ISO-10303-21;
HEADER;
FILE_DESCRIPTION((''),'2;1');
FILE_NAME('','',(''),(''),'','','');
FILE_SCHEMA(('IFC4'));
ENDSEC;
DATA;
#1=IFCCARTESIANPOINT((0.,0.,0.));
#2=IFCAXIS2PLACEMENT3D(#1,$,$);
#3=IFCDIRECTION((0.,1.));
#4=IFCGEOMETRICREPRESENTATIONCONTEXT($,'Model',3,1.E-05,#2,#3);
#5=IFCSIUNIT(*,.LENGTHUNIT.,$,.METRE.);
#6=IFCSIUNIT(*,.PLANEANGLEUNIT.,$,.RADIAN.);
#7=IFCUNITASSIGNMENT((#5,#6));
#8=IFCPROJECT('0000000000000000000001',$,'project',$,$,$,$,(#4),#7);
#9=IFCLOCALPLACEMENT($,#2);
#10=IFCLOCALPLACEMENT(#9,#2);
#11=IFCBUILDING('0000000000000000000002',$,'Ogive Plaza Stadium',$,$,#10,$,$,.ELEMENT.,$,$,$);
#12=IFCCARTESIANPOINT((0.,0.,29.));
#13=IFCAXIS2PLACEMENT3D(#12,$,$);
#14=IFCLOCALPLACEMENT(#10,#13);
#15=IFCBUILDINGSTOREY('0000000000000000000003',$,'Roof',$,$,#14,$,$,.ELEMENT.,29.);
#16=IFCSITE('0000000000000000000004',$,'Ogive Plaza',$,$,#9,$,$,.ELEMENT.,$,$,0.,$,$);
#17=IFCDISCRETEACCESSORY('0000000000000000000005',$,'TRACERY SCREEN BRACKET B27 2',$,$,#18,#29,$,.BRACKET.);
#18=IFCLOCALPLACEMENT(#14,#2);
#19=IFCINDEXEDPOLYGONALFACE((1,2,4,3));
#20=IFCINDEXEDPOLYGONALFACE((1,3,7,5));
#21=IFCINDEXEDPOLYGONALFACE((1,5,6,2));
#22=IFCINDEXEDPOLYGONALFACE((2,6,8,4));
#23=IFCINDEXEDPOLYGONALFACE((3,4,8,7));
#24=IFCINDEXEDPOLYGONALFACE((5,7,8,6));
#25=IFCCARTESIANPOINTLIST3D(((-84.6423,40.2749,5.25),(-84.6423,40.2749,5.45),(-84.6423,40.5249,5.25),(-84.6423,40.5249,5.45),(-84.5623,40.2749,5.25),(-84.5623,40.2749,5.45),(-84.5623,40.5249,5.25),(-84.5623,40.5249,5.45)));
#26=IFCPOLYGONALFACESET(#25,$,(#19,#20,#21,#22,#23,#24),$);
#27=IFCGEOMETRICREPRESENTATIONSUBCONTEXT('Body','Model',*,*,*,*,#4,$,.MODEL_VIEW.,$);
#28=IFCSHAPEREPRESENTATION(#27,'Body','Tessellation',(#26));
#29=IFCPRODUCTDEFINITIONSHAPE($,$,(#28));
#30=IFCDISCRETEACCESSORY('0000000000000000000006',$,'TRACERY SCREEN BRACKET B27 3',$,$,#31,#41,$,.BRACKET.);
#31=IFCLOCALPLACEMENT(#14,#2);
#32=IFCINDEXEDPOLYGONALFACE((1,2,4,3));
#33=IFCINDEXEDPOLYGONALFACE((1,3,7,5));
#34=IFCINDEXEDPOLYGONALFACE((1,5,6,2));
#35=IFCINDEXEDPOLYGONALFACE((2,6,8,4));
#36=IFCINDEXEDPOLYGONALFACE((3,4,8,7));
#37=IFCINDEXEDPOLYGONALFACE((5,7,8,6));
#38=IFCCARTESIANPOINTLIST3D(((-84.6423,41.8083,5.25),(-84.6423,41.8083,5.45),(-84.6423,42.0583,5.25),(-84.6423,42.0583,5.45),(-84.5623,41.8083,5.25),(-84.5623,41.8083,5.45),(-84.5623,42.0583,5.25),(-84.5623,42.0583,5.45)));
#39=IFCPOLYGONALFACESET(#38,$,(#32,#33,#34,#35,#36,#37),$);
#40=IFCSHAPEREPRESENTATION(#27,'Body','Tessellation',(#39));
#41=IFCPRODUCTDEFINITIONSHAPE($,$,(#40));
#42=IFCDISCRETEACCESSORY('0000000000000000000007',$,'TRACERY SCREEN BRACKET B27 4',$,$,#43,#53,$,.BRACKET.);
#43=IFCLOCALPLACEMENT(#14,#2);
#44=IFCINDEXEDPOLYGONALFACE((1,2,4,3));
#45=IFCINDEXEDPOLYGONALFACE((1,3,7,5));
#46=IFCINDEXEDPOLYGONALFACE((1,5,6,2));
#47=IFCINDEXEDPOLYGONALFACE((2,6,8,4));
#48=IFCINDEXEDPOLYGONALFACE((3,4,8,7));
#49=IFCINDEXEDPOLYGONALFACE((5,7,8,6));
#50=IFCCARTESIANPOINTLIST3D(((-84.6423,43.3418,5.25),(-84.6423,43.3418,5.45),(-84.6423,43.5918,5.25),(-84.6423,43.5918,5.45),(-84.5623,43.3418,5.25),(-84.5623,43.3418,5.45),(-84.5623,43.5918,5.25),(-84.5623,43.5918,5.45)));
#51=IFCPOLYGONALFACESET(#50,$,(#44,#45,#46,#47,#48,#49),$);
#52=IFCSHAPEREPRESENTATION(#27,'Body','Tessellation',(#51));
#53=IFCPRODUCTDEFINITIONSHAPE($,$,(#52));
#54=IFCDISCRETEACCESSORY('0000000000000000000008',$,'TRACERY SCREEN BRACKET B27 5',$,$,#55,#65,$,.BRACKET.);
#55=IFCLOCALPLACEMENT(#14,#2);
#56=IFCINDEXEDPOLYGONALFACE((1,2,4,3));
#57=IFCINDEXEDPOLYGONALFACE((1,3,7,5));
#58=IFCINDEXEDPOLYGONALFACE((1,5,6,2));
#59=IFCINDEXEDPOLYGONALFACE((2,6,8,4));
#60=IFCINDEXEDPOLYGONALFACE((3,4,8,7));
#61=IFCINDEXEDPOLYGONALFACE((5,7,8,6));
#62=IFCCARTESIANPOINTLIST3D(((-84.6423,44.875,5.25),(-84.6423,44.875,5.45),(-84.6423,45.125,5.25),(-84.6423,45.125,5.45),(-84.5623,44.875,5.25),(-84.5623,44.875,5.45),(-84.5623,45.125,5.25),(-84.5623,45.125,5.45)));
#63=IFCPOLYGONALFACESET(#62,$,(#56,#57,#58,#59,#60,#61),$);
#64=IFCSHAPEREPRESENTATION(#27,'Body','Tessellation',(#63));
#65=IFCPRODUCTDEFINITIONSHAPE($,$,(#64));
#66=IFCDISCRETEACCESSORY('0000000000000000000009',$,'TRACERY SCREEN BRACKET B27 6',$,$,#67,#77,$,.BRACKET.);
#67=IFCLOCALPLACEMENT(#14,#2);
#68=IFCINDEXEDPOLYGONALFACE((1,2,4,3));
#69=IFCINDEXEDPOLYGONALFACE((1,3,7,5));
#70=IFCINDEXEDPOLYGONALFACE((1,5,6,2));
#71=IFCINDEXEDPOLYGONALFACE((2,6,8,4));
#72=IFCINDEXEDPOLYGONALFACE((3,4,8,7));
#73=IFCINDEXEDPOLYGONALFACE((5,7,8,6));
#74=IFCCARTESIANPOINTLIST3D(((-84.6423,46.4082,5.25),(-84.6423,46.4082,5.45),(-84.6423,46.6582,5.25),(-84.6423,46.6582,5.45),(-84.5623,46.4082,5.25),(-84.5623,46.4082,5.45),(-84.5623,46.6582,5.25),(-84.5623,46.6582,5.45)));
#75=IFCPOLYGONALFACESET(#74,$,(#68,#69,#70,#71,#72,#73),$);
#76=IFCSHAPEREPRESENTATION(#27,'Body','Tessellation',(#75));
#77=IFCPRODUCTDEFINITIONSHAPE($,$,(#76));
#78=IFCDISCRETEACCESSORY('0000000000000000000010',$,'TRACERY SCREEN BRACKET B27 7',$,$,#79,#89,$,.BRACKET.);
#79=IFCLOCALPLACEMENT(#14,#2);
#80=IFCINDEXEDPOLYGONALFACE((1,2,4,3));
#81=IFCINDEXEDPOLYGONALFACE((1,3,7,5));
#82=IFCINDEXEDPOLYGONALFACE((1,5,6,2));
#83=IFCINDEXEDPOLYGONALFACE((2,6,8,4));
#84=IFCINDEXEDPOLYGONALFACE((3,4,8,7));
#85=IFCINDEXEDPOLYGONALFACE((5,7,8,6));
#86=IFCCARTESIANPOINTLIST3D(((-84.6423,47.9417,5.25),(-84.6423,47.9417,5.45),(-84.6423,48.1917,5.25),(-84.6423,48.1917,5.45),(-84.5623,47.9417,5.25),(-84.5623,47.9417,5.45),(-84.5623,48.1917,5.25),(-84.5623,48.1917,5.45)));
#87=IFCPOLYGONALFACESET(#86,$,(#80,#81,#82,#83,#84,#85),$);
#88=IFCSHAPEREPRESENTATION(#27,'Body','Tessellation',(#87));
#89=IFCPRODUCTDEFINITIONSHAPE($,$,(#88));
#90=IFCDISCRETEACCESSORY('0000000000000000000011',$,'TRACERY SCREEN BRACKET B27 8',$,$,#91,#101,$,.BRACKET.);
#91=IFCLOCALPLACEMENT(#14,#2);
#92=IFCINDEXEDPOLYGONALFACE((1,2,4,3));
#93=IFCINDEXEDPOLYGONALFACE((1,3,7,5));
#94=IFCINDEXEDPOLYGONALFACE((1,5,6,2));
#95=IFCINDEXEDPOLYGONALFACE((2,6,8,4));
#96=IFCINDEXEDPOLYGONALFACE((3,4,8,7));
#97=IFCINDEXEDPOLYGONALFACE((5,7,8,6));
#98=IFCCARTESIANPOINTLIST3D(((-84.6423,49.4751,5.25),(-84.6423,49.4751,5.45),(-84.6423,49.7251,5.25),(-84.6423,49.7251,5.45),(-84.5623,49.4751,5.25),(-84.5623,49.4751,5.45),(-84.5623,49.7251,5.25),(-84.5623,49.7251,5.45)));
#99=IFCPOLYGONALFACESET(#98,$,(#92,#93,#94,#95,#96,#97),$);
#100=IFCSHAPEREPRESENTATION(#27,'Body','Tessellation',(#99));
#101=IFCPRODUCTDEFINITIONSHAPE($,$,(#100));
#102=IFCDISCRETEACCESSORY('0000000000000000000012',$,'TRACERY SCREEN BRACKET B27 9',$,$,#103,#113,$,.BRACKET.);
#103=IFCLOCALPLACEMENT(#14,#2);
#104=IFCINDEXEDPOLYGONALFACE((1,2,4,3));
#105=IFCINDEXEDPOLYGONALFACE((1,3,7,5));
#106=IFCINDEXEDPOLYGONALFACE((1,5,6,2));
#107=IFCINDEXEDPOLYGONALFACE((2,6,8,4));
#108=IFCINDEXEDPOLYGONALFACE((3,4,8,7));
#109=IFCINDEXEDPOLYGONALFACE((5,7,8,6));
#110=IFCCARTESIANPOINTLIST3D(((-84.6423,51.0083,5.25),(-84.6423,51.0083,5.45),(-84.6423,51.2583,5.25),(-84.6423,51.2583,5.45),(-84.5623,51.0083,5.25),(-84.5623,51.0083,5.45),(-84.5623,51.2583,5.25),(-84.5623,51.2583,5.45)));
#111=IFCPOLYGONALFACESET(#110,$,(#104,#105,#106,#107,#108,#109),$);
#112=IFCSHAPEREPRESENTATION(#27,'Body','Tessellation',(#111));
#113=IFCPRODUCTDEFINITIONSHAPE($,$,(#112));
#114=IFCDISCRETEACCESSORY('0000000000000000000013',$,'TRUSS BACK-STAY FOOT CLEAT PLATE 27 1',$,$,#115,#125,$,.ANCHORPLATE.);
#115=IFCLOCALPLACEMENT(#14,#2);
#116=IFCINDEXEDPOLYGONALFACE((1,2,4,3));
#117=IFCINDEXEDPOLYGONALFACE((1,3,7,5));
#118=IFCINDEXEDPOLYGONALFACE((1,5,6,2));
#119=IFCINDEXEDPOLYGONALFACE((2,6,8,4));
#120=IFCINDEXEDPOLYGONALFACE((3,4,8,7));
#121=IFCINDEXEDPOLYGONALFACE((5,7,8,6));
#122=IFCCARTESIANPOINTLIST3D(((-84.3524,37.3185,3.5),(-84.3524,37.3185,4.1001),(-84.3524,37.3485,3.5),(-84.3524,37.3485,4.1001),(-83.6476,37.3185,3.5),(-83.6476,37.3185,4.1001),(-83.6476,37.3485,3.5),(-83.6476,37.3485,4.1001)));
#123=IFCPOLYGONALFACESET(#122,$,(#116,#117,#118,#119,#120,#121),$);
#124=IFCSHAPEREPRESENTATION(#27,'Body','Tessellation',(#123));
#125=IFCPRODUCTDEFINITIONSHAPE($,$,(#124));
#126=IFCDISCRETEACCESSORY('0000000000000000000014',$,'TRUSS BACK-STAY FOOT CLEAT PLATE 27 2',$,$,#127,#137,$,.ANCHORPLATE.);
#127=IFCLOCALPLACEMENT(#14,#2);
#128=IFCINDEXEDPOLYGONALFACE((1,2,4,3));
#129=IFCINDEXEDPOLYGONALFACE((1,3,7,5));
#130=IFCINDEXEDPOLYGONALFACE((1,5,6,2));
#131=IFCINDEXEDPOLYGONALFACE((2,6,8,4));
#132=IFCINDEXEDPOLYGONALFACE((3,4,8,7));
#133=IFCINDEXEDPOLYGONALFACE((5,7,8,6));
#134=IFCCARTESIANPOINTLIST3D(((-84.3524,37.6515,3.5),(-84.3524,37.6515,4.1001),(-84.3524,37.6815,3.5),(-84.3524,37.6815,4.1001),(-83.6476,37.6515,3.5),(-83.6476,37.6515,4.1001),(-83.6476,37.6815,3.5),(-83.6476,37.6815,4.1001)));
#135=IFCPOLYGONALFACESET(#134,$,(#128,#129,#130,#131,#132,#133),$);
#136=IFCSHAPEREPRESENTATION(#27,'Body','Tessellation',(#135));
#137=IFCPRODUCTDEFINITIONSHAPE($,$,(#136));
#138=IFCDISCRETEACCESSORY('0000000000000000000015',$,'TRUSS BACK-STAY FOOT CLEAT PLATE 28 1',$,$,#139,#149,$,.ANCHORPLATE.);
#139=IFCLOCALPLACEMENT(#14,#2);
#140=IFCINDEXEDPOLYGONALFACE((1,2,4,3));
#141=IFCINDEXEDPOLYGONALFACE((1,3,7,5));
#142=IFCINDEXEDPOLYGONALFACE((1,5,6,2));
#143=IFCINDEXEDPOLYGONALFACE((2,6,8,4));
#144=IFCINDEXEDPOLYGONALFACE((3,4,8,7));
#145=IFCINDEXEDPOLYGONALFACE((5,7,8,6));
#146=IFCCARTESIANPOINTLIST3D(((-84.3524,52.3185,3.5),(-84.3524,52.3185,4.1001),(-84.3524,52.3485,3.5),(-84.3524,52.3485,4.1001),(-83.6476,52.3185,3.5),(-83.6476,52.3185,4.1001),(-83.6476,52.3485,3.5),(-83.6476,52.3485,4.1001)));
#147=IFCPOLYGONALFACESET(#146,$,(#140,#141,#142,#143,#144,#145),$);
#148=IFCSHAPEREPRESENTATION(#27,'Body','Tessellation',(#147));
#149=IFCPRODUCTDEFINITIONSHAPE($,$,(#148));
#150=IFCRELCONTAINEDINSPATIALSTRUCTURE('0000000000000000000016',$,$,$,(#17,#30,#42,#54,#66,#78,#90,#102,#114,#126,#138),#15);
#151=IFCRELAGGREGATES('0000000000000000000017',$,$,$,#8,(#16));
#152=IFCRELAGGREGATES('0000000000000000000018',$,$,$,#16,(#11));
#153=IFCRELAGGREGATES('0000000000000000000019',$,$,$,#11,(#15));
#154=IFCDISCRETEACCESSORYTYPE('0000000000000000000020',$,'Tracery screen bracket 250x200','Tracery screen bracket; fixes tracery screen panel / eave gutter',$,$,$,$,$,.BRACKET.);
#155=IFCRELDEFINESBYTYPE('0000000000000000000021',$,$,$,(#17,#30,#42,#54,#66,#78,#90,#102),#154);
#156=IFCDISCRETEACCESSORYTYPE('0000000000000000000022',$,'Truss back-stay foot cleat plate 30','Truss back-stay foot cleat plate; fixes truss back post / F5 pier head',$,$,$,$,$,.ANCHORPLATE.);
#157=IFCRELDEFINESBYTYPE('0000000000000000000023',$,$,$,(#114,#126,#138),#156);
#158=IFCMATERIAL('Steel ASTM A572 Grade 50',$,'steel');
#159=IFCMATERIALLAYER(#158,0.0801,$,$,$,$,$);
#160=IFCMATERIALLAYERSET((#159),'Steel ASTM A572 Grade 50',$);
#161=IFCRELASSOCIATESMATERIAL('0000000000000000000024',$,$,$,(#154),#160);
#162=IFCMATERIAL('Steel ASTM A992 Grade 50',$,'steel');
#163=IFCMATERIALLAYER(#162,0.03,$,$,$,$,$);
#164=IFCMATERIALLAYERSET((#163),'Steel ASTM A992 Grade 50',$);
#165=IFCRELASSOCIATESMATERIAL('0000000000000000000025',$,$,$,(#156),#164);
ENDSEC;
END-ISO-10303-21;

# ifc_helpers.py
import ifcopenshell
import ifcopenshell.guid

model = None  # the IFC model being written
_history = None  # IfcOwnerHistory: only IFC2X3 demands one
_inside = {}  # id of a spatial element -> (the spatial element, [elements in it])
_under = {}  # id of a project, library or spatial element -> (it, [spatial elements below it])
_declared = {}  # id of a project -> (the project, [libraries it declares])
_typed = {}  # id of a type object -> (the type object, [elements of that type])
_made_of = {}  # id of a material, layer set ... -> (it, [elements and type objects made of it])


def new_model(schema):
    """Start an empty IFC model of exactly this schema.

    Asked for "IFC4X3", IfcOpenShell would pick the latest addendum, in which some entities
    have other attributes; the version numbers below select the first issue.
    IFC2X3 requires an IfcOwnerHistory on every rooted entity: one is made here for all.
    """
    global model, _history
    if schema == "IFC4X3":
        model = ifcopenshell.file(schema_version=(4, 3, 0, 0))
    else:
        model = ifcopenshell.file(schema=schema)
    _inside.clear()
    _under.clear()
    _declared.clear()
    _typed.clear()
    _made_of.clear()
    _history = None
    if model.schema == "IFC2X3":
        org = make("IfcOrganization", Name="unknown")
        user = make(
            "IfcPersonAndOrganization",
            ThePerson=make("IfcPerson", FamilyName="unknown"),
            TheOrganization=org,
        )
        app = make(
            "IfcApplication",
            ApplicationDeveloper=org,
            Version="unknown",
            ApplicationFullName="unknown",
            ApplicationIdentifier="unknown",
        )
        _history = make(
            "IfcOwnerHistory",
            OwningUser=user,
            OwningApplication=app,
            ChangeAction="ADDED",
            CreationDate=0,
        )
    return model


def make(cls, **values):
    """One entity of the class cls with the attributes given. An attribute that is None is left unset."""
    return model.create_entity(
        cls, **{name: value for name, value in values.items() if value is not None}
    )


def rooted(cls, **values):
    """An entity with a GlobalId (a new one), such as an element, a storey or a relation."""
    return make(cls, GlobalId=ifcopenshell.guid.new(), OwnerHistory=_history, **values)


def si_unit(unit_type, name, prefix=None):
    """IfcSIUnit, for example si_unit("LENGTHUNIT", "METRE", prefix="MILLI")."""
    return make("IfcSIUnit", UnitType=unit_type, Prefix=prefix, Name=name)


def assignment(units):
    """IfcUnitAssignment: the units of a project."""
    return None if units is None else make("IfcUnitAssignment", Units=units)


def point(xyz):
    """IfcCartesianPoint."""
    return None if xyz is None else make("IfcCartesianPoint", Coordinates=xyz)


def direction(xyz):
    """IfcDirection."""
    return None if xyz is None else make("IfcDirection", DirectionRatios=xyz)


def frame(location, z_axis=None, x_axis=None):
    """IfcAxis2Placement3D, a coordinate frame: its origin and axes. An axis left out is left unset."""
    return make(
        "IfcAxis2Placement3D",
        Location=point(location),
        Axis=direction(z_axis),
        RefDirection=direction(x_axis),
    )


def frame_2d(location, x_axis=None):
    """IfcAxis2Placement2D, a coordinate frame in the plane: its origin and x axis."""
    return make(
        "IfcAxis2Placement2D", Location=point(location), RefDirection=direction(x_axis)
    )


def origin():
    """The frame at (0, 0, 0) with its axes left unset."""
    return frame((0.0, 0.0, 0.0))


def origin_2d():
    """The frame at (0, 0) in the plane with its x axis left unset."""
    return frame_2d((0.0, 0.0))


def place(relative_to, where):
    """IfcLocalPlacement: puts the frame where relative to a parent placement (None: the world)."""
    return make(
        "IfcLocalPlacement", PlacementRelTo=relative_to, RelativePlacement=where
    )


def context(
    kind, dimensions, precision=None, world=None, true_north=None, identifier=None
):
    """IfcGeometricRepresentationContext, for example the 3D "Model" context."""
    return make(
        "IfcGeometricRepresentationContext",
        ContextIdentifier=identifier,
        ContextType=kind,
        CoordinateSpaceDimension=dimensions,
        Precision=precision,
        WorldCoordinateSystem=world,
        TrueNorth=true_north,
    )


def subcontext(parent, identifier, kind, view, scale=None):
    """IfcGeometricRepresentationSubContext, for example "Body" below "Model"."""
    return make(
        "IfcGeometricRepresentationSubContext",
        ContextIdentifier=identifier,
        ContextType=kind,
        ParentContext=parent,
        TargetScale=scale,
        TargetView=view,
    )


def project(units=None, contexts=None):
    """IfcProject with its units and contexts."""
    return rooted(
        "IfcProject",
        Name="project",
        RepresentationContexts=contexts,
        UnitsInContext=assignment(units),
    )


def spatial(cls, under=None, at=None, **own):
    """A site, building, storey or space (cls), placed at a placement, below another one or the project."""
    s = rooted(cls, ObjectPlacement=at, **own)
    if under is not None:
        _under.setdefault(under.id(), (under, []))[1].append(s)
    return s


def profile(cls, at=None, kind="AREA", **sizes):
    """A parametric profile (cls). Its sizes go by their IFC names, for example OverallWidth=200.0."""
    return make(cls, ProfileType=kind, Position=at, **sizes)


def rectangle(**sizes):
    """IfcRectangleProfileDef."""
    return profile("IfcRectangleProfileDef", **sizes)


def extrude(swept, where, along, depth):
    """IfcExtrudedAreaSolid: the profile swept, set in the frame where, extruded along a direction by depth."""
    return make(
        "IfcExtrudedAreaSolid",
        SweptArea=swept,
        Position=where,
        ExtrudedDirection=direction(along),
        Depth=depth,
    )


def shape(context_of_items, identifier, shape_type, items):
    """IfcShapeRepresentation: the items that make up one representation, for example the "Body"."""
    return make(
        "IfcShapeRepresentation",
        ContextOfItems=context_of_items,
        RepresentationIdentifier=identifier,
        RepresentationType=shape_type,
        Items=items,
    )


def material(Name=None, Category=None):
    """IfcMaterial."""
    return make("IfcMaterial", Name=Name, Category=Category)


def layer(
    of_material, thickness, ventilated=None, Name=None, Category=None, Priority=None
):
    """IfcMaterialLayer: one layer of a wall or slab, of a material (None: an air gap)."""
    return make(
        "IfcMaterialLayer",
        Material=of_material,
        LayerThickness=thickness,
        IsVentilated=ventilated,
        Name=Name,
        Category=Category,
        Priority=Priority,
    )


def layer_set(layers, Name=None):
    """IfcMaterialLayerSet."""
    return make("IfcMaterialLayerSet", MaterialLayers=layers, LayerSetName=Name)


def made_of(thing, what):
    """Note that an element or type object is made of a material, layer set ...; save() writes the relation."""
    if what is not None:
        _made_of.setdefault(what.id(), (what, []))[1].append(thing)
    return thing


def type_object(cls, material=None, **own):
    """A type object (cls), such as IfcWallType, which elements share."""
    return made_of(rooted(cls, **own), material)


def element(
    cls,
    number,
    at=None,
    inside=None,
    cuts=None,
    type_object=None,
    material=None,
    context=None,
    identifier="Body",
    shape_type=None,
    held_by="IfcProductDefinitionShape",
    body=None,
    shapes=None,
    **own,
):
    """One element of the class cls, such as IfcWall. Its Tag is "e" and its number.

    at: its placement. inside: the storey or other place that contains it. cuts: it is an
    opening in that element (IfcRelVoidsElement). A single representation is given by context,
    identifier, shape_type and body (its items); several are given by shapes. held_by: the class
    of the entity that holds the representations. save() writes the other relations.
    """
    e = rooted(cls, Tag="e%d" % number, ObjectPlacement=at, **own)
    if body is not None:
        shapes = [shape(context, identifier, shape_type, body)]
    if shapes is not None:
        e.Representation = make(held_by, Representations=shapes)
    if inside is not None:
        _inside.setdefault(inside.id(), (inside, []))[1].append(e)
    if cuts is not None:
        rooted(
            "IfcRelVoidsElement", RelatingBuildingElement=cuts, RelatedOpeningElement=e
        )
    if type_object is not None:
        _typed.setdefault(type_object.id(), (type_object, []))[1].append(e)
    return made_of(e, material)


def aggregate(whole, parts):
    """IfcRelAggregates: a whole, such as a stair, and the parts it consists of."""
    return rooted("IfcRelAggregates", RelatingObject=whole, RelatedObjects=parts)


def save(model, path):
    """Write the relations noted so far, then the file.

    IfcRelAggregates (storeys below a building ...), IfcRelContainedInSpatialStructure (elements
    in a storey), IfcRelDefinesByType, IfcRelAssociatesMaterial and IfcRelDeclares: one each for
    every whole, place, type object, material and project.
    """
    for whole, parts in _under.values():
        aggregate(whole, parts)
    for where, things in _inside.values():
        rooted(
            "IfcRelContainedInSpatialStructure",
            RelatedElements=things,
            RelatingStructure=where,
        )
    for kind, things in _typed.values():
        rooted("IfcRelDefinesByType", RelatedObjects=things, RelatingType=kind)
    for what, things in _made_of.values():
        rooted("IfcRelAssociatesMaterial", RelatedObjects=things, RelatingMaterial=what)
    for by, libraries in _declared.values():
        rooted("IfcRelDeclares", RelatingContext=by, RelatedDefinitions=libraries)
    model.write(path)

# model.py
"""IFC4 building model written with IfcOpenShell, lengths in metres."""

from ifc_helpers import new_model, si_unit, direction, frame, origin, origin_2d, place, context, subcontext, project, spatial, rectangle, extrude, material, layer, layer_set, type_object, element, save


model = new_model("IFC4")

# Units and contexts
model_context = context("Model", 3, precision=1e-05, world=origin(), true_north=direction((0.0, 1.0)))
body_context = subcontext(model_context, "Body", "Model", "MODEL_VIEW")
ifc_project = project(units=[si_unit("LENGTHUNIT", "METRE"), si_unit("PLANEANGLEUNIT", "RADIAN")], contexts=[model_context])

# Site, building, storey
site_placement = place(None, origin())
site = spatial("IfcSite", under=ifc_project, at=site_placement, Name="Ogive Plaza", CompositionType="ELEMENT", RefElevation=0.0)
building_placement = place(site_placement, origin())
building = spatial("IfcBuilding", under=site, at=building_placement, Name="Ogive Plaza Stadium", CompositionType="ELEMENT")
storey_placement = place(building_placement, frame((0.0, 0.0, 29.0)))
storey = spatial("IfcBuildingStorey", under=building, at=storey_placement, Name="Roof", CompositionType="ELEMENT", Elevation=29.0)

# Discrete accessories
ifc_material_1 = material(Name="Steel ASTM A572 Grade 50", Category="steel")
ifc_layer_1 = layer(ifc_material_1, 0.0801)
ifc_layer_set_1 = layer_set([ifc_layer_1], Name="Steel ASTM A572 Grade 50")
discrete_accessory_type_1 = type_object("IfcDiscreteAccessoryType", Name="Tracery screen bracket 250x200", Description="Tracery screen bracket; fixes tracery screen panel / eave gutter", PredefinedType="BRACKET", material=ifc_layer_set_1)
for number, where, z_axis, x_axis, name in (
    (1, (-84.6023, 40.3999, 5.25), (0.0, 0.0, 1.0), (0.0, 1.0, 0.0), "TRACERY SCREEN BRACKET B27 2"),
    (2, (-84.6023, 41.9333, 5.25), (0.0, 0.0, 1.0), (0.0, 1.0, 0.0), "TRACERY SCREEN BRACKET B27 3"),
    (3, (-84.6023, 43.4668, 5.25), (0.0, 0.0, 1.0), (0.0, 1.0, 0.0), "TRACERY SCREEN BRACKET B27 4"),
    (4, (-84.6023, 45.0, 5.25), (0.0, 0.0, 1.0), (0.0, 1.0, 0.0), "TRACERY SCREEN BRACKET B27 5"),
    (5, (-84.6023, 46.5332, 5.25), (0.0, 0.0, 1.0), (0.0, 1.0, 0.0), "TRACERY SCREEN BRACKET B27 6"),
    (6, (-84.6023, 48.0667, 5.25), (0.0, 0.0, 1.0), (0.0, 1.0, 0.0), "TRACERY SCREEN BRACKET B27 7"),
    (7, (-84.6023, 49.6001, 5.25), (0.0, 0.0, 1.0), (0.0, 1.0, 0.0), "TRACERY SCREEN BRACKET B27 8"),
    (8, (-84.6023, 51.1333, 5.25), (0.0, 0.0, 1.0), (0.0, 1.0, 0.0), "TRACERY SCREEN BRACKET B27 9"),
):
    element("IfcDiscreteAccessory", number, at=place(storey_placement, frame(where, z_axis=z_axis, x_axis=x_axis)), inside=storey, type_object=discrete_accessory_type_1, Name=name, PredefinedType="BRACKET", context=body_context, shape_type="SweptSolid", body=[
        extrude(rectangle(XDim=0.25, YDim=0.0801, at=origin_2d()), origin(), (0.0, 0.0, 1.0), 0.2),
    ])
ifc_material_2 = material(Name="Steel ASTM A992 Grade 50", Category="steel")
ifc_layer_2 = layer(ifc_material_2, 0.03)
ifc_layer_set_2 = layer_set([ifc_layer_2], Name="Steel ASTM A992 Grade 50")
discrete_accessory_type_2 = type_object("IfcDiscreteAccessoryType", Name="Truss back-stay foot cleat plate 30", Description="Truss back-stay foot cleat plate; fixes truss back post / F5 pier head", PredefinedType="ANCHORPLATE", material=ifc_layer_set_2)
for number, where, z_axis, x_axis, name in (
    (9, (-84.0, 37.3335, 3.5), (0.0, 0.0, 1.0), (-1.0, 0.0, 0.0), "TRUSS BACK-STAY FOOT CLEAT PLATE 27 1"),
    (10, (-84.0, 37.6665, 3.5), (0.0, 0.0, 1.0), (-1.0, 0.0, 0.0), "TRUSS BACK-STAY FOOT CLEAT PLATE 27 2"),
    (11, (-84.0, 52.3335, 3.5), (0.0, 0.0, 1.0), (-1.0, 0.0, 0.0), "TRUSS BACK-STAY FOOT CLEAT PLATE 28 1"),
):
    element("IfcDiscreteAccessory", number, at=place(storey_placement, frame(where, z_axis=z_axis, x_axis=x_axis)), inside=storey, type_object=discrete_accessory_type_2, Name=name, PredefinedType="ANCHORPLATE", context=body_context, shape_type="SweptSolid", body=[
        extrude(rectangle(XDim=0.7048, YDim=0.03, at=origin_2d()), origin(), (0.0, 0.0, 1.0), 0.6001),
    ])

save(model, "model.ifc")
